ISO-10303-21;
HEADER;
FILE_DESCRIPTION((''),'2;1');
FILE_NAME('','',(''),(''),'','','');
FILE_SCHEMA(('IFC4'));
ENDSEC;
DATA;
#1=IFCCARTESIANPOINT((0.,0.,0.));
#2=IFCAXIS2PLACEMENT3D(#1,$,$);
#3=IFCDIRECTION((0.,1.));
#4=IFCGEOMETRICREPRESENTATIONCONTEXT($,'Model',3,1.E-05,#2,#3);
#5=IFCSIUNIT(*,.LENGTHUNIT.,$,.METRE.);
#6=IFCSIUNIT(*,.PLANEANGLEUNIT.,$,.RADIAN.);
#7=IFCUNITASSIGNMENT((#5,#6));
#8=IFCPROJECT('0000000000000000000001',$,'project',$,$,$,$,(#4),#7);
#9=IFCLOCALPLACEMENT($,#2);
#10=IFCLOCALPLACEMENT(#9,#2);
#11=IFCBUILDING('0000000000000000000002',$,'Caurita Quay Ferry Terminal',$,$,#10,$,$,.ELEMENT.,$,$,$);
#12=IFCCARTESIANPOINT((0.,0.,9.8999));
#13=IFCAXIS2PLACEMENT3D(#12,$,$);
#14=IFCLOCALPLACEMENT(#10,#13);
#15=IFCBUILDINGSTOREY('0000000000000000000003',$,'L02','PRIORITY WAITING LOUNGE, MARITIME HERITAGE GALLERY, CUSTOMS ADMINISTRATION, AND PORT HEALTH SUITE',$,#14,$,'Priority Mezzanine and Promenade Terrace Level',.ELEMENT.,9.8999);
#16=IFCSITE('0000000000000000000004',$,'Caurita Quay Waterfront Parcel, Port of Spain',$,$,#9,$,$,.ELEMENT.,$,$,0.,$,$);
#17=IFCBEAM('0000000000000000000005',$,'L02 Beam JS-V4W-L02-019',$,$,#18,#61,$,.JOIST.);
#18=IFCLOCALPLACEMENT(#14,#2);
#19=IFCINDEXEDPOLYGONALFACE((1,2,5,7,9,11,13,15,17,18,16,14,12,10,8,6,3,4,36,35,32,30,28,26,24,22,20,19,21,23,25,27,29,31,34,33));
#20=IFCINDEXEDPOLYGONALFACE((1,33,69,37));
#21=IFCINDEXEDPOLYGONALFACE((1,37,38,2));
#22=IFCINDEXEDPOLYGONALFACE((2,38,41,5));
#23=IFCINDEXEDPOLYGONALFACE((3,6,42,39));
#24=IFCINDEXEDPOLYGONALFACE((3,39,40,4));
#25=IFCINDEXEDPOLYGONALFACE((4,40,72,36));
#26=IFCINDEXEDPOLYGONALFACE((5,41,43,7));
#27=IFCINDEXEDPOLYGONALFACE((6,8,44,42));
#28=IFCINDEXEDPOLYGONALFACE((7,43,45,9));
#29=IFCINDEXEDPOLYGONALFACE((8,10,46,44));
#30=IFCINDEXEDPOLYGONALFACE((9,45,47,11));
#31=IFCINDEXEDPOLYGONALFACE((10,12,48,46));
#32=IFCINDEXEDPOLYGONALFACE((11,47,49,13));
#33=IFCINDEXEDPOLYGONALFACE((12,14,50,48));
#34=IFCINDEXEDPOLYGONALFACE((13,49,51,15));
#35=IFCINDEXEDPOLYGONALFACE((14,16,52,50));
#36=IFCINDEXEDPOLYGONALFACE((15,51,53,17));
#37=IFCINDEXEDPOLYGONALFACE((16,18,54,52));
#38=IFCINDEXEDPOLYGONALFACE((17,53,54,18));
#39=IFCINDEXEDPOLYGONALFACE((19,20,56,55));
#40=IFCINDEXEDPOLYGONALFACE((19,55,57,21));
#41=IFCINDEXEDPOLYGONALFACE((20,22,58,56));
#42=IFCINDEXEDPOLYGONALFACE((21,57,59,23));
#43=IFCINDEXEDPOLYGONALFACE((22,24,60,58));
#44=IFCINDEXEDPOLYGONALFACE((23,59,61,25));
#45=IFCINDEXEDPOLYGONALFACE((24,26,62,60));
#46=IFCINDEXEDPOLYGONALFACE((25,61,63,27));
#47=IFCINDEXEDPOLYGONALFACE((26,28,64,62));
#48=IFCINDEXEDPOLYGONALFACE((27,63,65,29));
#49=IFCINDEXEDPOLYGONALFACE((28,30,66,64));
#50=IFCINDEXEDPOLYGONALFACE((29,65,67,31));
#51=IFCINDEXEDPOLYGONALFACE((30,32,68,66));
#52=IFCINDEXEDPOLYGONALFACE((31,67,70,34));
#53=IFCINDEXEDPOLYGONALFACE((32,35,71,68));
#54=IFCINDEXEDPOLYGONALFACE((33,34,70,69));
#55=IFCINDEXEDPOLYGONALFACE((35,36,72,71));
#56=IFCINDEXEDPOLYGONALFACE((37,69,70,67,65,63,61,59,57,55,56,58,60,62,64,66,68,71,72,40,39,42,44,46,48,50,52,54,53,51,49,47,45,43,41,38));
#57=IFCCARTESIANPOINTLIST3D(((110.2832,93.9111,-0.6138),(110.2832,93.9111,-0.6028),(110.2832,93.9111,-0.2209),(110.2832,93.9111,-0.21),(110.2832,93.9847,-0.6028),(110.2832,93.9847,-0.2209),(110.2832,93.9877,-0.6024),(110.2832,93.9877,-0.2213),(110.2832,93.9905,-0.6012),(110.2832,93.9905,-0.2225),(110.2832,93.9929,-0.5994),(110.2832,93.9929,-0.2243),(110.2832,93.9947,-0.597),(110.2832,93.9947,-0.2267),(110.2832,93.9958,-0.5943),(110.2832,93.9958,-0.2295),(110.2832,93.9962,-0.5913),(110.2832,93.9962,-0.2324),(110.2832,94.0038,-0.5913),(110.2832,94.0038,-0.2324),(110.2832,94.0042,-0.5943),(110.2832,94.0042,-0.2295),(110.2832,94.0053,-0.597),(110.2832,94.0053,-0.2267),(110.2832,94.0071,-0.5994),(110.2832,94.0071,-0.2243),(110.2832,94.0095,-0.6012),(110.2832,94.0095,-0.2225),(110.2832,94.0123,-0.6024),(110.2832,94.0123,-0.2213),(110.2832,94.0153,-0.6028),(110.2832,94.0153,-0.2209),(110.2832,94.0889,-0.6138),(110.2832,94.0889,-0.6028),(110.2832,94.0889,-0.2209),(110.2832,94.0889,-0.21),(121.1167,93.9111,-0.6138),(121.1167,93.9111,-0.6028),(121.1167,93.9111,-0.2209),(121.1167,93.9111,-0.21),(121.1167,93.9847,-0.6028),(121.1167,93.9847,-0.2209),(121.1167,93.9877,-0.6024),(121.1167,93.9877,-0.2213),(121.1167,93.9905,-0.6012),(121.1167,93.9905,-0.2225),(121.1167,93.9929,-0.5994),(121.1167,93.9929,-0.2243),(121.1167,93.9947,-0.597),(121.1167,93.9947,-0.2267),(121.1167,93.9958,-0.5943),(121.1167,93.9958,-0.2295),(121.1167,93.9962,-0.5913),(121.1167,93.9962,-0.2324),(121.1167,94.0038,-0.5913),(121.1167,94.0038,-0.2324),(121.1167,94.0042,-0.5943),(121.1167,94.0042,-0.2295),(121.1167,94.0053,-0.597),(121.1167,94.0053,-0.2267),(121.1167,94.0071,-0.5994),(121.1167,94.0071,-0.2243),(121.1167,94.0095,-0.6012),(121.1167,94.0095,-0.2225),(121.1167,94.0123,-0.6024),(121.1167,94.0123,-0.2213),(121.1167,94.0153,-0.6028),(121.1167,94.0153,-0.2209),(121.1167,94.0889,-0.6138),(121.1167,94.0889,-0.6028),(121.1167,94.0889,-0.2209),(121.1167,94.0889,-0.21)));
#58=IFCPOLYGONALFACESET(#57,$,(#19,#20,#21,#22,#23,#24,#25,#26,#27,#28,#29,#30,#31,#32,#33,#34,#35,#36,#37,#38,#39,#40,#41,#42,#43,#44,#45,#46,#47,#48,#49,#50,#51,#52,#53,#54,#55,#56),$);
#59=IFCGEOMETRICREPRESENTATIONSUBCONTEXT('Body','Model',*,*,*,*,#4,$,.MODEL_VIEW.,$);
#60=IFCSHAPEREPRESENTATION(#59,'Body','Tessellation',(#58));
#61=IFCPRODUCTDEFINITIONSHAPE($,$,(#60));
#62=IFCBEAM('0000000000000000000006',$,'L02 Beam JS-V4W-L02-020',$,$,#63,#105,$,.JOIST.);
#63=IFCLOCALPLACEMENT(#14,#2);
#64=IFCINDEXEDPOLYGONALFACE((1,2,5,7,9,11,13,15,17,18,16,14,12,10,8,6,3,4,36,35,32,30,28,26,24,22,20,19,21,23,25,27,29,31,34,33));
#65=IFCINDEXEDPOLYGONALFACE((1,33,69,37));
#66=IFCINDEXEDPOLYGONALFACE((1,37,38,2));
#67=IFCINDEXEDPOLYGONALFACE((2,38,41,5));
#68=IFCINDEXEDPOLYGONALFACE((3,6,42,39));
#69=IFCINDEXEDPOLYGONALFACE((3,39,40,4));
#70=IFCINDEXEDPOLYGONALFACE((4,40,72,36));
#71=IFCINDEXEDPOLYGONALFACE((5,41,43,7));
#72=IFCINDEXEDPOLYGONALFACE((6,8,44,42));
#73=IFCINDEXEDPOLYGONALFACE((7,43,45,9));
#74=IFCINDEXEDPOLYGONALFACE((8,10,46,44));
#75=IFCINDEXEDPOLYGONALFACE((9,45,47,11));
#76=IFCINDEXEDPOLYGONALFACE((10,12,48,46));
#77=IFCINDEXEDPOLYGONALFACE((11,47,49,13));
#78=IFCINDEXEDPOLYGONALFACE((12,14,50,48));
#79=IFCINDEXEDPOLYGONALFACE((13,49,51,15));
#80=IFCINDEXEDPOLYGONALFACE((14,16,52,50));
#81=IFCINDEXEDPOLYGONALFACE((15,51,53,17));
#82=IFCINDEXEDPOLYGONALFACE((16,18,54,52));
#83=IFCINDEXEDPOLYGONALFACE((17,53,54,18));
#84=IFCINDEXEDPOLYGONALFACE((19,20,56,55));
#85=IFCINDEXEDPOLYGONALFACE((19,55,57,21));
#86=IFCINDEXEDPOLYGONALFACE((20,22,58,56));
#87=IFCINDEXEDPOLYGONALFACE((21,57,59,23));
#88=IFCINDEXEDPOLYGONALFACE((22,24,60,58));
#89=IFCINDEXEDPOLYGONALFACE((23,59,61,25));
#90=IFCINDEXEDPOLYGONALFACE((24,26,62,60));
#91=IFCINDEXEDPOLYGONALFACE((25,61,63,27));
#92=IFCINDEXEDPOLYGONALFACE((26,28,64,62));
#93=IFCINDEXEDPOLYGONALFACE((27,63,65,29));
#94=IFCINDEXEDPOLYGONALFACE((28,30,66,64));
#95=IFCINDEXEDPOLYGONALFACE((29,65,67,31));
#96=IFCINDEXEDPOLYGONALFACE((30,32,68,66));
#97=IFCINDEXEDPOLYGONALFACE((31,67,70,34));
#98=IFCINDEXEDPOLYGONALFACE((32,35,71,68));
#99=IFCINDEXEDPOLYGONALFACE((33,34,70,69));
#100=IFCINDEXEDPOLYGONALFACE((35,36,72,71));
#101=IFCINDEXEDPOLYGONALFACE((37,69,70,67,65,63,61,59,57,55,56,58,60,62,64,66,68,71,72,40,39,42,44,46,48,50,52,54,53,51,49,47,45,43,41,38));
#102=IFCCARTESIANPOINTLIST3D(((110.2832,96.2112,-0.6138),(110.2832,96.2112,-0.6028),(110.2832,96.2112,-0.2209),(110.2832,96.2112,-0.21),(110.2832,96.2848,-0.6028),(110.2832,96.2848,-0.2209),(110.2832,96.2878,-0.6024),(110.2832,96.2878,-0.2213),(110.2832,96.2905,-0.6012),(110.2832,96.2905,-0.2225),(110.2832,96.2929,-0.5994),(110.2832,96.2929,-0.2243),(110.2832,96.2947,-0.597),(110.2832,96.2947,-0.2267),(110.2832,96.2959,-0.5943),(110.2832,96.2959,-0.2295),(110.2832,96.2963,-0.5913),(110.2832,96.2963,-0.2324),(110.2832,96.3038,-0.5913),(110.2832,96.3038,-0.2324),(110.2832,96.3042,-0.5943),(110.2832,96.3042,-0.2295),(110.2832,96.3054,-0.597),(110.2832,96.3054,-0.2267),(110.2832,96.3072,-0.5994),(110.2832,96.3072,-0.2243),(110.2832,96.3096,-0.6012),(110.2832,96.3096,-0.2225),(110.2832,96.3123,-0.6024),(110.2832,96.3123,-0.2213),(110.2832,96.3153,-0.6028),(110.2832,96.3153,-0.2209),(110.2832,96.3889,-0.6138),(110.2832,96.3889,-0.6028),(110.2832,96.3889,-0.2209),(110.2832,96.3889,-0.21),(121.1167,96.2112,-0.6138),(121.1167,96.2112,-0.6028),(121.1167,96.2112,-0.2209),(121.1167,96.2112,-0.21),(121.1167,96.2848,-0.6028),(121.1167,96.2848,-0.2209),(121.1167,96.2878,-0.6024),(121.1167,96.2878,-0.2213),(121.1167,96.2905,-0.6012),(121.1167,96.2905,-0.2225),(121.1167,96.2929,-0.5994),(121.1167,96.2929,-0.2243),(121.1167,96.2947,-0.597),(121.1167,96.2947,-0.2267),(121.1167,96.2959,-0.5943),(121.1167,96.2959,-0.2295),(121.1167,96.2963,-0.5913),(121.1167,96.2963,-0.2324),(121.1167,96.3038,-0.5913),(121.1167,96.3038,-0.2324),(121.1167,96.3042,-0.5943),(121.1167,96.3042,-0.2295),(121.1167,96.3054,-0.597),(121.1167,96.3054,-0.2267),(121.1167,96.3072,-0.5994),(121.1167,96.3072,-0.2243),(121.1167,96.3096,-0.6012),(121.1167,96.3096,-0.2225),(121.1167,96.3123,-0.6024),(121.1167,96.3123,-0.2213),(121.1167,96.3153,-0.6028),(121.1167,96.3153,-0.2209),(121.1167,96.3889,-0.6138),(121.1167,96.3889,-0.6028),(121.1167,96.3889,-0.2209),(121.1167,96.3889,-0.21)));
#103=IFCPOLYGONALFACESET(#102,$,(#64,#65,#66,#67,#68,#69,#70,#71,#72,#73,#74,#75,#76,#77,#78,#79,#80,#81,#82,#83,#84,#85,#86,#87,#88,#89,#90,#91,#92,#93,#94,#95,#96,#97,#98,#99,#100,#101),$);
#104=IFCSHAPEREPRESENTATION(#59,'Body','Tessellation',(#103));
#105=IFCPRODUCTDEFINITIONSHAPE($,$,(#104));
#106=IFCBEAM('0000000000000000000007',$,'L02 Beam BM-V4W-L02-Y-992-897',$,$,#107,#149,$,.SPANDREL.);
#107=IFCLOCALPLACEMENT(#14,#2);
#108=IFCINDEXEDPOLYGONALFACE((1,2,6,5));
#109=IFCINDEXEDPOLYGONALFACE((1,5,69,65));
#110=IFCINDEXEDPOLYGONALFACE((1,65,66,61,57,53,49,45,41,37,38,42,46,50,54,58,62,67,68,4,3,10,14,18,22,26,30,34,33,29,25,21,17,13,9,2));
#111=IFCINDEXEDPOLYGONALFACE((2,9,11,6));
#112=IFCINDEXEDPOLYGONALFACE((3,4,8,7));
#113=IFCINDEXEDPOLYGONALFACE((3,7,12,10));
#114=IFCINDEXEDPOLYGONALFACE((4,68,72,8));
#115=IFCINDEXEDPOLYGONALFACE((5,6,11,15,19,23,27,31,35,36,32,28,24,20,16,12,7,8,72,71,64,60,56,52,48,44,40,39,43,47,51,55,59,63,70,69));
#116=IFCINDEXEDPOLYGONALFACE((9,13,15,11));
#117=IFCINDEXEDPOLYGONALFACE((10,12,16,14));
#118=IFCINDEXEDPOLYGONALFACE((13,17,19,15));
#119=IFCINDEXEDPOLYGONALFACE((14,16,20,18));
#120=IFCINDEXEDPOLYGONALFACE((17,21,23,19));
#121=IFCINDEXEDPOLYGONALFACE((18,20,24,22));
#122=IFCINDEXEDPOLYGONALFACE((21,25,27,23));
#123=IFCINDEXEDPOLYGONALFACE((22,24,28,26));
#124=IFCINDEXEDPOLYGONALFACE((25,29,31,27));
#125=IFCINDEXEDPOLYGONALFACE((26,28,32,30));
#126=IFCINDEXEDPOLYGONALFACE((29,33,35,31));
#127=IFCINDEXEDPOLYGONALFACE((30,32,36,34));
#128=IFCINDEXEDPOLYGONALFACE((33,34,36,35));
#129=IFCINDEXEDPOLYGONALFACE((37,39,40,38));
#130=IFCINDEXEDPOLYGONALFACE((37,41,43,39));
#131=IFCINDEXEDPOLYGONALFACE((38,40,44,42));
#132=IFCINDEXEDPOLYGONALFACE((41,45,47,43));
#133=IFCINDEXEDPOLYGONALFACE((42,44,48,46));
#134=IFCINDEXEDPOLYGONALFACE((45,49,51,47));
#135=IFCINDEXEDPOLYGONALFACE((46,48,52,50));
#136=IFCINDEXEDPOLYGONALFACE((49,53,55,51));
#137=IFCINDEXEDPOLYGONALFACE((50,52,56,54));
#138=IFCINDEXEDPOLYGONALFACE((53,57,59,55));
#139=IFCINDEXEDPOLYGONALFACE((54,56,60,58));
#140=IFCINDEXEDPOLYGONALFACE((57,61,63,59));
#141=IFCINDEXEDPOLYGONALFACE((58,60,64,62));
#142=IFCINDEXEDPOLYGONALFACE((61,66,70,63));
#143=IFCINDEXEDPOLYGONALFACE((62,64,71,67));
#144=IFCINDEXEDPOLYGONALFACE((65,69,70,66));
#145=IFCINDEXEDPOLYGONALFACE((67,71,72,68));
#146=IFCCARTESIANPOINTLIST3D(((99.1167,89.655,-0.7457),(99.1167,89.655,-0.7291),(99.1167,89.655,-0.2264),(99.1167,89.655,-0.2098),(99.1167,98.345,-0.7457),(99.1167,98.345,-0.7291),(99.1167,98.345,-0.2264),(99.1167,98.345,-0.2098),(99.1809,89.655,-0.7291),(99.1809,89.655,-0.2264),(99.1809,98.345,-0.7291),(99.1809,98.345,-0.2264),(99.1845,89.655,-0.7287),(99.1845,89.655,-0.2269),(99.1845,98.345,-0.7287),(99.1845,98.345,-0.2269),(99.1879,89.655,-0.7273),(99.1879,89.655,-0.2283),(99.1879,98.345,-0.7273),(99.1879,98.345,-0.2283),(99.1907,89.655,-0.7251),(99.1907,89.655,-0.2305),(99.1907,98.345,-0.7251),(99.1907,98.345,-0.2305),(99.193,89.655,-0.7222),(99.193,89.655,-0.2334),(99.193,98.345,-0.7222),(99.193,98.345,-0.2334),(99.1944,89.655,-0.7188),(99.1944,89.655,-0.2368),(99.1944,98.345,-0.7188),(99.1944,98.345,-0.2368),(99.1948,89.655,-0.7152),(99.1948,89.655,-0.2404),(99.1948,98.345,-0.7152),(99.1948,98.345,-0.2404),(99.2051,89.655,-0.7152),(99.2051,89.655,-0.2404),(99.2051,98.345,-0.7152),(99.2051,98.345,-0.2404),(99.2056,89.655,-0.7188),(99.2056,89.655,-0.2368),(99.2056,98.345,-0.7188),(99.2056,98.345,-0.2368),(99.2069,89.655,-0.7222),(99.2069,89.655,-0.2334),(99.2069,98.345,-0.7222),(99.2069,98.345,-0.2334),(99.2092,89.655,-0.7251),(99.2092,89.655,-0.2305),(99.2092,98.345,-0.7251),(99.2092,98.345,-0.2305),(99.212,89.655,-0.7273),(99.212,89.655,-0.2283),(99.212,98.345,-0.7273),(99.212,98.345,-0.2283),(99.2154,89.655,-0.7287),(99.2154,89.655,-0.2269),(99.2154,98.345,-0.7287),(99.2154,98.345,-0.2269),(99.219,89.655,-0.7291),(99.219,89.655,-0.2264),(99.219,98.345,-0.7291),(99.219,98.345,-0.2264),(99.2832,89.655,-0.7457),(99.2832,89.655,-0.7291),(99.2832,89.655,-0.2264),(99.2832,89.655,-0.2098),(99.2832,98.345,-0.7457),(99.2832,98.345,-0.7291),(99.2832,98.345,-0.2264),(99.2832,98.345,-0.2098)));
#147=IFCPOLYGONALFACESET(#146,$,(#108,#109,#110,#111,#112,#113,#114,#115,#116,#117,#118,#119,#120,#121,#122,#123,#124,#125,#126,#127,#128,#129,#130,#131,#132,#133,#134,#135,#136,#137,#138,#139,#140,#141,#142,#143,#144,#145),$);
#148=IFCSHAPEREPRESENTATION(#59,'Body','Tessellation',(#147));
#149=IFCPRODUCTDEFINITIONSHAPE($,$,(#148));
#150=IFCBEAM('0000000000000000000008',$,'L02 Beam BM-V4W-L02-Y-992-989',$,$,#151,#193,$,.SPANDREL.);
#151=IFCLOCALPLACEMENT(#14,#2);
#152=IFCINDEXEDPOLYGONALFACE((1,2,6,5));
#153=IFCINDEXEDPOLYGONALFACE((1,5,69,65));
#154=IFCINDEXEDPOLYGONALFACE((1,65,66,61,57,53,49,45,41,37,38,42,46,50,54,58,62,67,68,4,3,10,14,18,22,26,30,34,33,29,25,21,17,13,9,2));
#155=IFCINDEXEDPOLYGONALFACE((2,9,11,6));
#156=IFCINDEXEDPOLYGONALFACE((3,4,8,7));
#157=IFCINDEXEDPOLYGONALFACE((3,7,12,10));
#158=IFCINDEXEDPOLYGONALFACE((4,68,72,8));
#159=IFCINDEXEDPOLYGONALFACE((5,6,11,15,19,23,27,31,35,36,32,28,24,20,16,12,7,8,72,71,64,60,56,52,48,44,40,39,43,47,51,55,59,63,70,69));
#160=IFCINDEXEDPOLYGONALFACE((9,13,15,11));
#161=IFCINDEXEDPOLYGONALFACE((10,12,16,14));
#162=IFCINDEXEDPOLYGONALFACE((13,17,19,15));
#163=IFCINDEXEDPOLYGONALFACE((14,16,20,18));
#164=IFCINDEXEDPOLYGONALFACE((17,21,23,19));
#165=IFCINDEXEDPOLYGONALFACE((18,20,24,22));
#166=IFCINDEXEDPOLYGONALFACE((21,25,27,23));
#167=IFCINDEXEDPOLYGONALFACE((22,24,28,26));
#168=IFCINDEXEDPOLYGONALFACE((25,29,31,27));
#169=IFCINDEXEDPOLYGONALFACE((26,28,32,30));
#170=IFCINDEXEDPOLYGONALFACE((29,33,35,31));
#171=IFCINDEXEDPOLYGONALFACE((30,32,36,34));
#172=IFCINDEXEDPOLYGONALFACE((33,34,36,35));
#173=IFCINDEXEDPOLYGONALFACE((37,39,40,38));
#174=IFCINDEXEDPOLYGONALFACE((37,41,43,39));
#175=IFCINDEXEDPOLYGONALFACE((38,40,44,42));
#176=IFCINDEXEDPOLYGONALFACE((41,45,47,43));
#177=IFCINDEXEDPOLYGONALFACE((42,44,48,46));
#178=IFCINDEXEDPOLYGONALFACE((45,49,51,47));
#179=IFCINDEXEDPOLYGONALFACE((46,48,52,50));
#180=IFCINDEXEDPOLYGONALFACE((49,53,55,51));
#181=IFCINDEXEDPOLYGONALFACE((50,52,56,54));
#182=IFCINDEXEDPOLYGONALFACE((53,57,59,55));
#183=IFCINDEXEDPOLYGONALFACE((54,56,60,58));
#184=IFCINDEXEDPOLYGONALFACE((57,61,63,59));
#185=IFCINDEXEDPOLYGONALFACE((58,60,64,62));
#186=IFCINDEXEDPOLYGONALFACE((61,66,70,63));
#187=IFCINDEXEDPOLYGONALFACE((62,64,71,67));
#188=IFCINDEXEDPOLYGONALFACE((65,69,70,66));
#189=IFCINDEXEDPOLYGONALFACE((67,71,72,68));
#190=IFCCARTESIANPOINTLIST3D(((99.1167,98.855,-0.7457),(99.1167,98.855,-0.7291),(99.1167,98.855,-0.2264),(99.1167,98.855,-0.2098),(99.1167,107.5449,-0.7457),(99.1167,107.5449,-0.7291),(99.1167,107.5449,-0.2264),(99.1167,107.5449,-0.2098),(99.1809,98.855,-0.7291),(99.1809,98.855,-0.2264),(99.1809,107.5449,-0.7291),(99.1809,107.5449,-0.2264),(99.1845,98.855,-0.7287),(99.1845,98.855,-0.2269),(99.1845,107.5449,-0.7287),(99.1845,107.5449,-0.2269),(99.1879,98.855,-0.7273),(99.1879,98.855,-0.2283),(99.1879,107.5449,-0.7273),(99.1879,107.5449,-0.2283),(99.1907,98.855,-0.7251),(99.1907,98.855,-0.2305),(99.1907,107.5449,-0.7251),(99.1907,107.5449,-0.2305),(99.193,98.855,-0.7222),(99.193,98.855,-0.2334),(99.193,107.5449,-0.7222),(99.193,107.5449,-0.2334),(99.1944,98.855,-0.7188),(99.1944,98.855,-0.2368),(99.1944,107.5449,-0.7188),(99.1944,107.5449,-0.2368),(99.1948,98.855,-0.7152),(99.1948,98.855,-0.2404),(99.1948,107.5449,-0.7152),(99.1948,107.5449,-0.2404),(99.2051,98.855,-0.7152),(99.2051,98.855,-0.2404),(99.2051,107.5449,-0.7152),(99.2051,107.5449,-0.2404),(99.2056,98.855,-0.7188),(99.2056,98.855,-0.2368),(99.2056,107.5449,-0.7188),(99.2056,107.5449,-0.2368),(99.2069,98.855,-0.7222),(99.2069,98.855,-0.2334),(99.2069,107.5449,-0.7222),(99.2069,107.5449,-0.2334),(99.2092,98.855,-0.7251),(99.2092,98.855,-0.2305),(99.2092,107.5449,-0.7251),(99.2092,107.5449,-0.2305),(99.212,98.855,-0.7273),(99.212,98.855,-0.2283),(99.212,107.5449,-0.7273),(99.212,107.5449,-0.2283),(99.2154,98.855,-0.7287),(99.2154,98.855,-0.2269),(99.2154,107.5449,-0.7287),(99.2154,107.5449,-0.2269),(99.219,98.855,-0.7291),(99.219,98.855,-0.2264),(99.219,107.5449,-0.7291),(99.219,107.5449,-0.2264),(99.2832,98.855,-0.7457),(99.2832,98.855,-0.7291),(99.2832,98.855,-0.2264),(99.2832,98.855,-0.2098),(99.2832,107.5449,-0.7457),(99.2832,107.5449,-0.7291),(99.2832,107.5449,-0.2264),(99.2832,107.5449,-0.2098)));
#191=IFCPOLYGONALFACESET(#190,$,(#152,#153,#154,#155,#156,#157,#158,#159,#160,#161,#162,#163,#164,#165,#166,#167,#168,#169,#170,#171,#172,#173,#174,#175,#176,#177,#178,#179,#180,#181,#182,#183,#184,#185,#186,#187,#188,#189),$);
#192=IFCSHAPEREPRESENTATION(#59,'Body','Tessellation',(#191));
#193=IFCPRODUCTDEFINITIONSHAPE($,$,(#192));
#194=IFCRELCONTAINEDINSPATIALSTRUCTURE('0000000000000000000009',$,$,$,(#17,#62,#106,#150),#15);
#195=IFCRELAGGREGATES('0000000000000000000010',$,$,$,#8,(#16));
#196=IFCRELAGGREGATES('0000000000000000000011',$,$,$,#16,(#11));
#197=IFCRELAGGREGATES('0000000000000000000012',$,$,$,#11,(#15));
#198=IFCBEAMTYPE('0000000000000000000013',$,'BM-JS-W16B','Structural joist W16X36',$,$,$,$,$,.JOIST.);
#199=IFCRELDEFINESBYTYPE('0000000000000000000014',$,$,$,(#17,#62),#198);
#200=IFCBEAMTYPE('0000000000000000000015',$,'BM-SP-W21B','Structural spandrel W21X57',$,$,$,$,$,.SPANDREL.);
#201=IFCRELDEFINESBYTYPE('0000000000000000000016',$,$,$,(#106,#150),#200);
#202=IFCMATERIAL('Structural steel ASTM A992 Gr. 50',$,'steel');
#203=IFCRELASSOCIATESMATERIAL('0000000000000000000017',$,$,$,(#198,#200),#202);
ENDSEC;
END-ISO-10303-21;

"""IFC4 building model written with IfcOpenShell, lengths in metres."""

from ifc_helpers import new_model, si_unit, direction, frame, origin, origin_2d, place, context, subcontext, project, spatial, i_section, extrude, material, material_profile, profile_set, type_object, element, save


model = new_model("IFC4")

# Units and contexts
model_context = context("Model", 3, precision=1e-05, world=origin(), true_north=direction((0.0, 1.0)))
body_context = subcontext(model_context, "Body", "Model", "MODEL_VIEW")
ifc_project = project(units=[si_unit("LENGTHUNIT", "METRE"), si_unit("PLANEANGLEUNIT", "RADIAN")], contexts=[model_context])

# Site, building, storey
site_placement = place(None, origin())
site = spatial("IfcSite", under=ifc_project, at=site_placement, Name="Caurita Quay Waterfront Parcel, Port of Spain", CompositionType="ELEMENT", RefElevation=0.0)
building_placement = place(site_placement, origin())
building = spatial("IfcBuilding", under=site, at=building_placement, Name="Caurita Quay Ferry Terminal", CompositionType="ELEMENT")
storey_placement = place(building_placement, frame((0.0, 0.0, 9.8999)))
storey = spatial("IfcBuildingStorey", under=building, at=storey_placement, Name="L02", Description="PRIORITY WAITING LOUNGE, MARITIME HERITAGE GALLERY, CUSTOMS ADMINISTRATION, AND PORT HEALTH SUITE", LongName="Priority Mezzanine and Promenade Terrace Level", CompositionType="ELEMENT", Elevation=9.8999)

# Beams
ifc_material = material(Name="Structural steel ASTM A992 Gr. 50", Category="steel")
ifc_material_profile_1 = material_profile(ifc_material, i_section(OverallWidth=0.1777, OverallDepth=0.4038, WebThickness=0.0076, FlangeThickness=0.011, FilletRadius=0.0115, at=origin_2d()), Name="W16X36")
ifc_profile_set_1 = profile_set([ifc_material_profile_1], Name="Structural steel ASTM A992 Gr. 50")
beam_type_1 = type_object("IfcBeamType", Name="BM-JS-W16B", Description="Structural joist W16X36", PredefinedType="JOIST", material=ifc_profile_set_1)
for number, where, z_axis, x_axis, name in (
    (1, (110.2832, 94.0, -0.4119), (1.0, 0.0, 0.0), (0.0, 1.0, 0.0), "L02 Beam JS-V4W-L02-019"),
    (2, (110.2832, 96.3, -0.4119), (1.0, 0.0, 0.0), (0.0, 1.0, 0.0), "L02 Beam JS-V4W-L02-020"),
):
    element("IfcBeam", number, at=place(storey_placement, frame(where, z_axis=z_axis, x_axis=x_axis)), inside=storey, type_object=beam_type_1, Name=name, PredefinedType="JOIST", context=body_context, shape_type="SweptSolid", body=[
        extrude(i_section(OverallWidth=0.1777, OverallDepth=0.4038, WebThickness=0.0076, FlangeThickness=0.011, FilletRadius=0.0115, at=origin_2d()), origin(), (0.0, 0.0, 1.0), 10.8335),
    ])
ifc_material_profile_2 = material_profile(ifc_material, i_section(OverallWidth=0.1665, OverallDepth=0.5359, WebThickness=0.0103, FlangeThickness=0.0166, FilletRadius=0.0139, at=origin_2d()), Name="W21X57")
ifc_profile_set_2 = profile_set([ifc_material_profile_2], Name="Structural steel ASTM A992 Gr. 50")
beam_type_2 = type_object("IfcBeamType", Name="BM-SP-W21B", Description="Structural spandrel W21X57", PredefinedType="SPANDREL", material=ifc_profile_set_2)
for number, where, z_axis, x_axis, name in (
    (3, (99.2, 89.655, -0.4778), (0.0, 1.0, 0.0), (-1.0, 0.0, 0.0), "L02 Beam BM-V4W-L02-Y-992-897"),
    (4, (99.2, 98.855, -0.4778), (0.0, 1.0, 0.0), (-1.0, 0.0, 0.0), "L02 Beam BM-V4W-L02-Y-992-989"),
):
    element("IfcBeam", number, at=place(storey_placement, frame(where, z_axis=z_axis, x_axis=x_axis)), inside=storey, type_object=beam_type_2, Name=name, PredefinedType="SPANDREL", context=body_context, shape_type="SweptSolid", body=[
        extrude(i_section(OverallWidth=0.1665, OverallDepth=0.5359, WebThickness=0.0103, FlangeThickness=0.0166, FilletRadius=0.0139, at=origin_2d()), origin(), (0.0, 0.0, 1.0), 8.6899),
    ])

save(model, "model.ifc")
